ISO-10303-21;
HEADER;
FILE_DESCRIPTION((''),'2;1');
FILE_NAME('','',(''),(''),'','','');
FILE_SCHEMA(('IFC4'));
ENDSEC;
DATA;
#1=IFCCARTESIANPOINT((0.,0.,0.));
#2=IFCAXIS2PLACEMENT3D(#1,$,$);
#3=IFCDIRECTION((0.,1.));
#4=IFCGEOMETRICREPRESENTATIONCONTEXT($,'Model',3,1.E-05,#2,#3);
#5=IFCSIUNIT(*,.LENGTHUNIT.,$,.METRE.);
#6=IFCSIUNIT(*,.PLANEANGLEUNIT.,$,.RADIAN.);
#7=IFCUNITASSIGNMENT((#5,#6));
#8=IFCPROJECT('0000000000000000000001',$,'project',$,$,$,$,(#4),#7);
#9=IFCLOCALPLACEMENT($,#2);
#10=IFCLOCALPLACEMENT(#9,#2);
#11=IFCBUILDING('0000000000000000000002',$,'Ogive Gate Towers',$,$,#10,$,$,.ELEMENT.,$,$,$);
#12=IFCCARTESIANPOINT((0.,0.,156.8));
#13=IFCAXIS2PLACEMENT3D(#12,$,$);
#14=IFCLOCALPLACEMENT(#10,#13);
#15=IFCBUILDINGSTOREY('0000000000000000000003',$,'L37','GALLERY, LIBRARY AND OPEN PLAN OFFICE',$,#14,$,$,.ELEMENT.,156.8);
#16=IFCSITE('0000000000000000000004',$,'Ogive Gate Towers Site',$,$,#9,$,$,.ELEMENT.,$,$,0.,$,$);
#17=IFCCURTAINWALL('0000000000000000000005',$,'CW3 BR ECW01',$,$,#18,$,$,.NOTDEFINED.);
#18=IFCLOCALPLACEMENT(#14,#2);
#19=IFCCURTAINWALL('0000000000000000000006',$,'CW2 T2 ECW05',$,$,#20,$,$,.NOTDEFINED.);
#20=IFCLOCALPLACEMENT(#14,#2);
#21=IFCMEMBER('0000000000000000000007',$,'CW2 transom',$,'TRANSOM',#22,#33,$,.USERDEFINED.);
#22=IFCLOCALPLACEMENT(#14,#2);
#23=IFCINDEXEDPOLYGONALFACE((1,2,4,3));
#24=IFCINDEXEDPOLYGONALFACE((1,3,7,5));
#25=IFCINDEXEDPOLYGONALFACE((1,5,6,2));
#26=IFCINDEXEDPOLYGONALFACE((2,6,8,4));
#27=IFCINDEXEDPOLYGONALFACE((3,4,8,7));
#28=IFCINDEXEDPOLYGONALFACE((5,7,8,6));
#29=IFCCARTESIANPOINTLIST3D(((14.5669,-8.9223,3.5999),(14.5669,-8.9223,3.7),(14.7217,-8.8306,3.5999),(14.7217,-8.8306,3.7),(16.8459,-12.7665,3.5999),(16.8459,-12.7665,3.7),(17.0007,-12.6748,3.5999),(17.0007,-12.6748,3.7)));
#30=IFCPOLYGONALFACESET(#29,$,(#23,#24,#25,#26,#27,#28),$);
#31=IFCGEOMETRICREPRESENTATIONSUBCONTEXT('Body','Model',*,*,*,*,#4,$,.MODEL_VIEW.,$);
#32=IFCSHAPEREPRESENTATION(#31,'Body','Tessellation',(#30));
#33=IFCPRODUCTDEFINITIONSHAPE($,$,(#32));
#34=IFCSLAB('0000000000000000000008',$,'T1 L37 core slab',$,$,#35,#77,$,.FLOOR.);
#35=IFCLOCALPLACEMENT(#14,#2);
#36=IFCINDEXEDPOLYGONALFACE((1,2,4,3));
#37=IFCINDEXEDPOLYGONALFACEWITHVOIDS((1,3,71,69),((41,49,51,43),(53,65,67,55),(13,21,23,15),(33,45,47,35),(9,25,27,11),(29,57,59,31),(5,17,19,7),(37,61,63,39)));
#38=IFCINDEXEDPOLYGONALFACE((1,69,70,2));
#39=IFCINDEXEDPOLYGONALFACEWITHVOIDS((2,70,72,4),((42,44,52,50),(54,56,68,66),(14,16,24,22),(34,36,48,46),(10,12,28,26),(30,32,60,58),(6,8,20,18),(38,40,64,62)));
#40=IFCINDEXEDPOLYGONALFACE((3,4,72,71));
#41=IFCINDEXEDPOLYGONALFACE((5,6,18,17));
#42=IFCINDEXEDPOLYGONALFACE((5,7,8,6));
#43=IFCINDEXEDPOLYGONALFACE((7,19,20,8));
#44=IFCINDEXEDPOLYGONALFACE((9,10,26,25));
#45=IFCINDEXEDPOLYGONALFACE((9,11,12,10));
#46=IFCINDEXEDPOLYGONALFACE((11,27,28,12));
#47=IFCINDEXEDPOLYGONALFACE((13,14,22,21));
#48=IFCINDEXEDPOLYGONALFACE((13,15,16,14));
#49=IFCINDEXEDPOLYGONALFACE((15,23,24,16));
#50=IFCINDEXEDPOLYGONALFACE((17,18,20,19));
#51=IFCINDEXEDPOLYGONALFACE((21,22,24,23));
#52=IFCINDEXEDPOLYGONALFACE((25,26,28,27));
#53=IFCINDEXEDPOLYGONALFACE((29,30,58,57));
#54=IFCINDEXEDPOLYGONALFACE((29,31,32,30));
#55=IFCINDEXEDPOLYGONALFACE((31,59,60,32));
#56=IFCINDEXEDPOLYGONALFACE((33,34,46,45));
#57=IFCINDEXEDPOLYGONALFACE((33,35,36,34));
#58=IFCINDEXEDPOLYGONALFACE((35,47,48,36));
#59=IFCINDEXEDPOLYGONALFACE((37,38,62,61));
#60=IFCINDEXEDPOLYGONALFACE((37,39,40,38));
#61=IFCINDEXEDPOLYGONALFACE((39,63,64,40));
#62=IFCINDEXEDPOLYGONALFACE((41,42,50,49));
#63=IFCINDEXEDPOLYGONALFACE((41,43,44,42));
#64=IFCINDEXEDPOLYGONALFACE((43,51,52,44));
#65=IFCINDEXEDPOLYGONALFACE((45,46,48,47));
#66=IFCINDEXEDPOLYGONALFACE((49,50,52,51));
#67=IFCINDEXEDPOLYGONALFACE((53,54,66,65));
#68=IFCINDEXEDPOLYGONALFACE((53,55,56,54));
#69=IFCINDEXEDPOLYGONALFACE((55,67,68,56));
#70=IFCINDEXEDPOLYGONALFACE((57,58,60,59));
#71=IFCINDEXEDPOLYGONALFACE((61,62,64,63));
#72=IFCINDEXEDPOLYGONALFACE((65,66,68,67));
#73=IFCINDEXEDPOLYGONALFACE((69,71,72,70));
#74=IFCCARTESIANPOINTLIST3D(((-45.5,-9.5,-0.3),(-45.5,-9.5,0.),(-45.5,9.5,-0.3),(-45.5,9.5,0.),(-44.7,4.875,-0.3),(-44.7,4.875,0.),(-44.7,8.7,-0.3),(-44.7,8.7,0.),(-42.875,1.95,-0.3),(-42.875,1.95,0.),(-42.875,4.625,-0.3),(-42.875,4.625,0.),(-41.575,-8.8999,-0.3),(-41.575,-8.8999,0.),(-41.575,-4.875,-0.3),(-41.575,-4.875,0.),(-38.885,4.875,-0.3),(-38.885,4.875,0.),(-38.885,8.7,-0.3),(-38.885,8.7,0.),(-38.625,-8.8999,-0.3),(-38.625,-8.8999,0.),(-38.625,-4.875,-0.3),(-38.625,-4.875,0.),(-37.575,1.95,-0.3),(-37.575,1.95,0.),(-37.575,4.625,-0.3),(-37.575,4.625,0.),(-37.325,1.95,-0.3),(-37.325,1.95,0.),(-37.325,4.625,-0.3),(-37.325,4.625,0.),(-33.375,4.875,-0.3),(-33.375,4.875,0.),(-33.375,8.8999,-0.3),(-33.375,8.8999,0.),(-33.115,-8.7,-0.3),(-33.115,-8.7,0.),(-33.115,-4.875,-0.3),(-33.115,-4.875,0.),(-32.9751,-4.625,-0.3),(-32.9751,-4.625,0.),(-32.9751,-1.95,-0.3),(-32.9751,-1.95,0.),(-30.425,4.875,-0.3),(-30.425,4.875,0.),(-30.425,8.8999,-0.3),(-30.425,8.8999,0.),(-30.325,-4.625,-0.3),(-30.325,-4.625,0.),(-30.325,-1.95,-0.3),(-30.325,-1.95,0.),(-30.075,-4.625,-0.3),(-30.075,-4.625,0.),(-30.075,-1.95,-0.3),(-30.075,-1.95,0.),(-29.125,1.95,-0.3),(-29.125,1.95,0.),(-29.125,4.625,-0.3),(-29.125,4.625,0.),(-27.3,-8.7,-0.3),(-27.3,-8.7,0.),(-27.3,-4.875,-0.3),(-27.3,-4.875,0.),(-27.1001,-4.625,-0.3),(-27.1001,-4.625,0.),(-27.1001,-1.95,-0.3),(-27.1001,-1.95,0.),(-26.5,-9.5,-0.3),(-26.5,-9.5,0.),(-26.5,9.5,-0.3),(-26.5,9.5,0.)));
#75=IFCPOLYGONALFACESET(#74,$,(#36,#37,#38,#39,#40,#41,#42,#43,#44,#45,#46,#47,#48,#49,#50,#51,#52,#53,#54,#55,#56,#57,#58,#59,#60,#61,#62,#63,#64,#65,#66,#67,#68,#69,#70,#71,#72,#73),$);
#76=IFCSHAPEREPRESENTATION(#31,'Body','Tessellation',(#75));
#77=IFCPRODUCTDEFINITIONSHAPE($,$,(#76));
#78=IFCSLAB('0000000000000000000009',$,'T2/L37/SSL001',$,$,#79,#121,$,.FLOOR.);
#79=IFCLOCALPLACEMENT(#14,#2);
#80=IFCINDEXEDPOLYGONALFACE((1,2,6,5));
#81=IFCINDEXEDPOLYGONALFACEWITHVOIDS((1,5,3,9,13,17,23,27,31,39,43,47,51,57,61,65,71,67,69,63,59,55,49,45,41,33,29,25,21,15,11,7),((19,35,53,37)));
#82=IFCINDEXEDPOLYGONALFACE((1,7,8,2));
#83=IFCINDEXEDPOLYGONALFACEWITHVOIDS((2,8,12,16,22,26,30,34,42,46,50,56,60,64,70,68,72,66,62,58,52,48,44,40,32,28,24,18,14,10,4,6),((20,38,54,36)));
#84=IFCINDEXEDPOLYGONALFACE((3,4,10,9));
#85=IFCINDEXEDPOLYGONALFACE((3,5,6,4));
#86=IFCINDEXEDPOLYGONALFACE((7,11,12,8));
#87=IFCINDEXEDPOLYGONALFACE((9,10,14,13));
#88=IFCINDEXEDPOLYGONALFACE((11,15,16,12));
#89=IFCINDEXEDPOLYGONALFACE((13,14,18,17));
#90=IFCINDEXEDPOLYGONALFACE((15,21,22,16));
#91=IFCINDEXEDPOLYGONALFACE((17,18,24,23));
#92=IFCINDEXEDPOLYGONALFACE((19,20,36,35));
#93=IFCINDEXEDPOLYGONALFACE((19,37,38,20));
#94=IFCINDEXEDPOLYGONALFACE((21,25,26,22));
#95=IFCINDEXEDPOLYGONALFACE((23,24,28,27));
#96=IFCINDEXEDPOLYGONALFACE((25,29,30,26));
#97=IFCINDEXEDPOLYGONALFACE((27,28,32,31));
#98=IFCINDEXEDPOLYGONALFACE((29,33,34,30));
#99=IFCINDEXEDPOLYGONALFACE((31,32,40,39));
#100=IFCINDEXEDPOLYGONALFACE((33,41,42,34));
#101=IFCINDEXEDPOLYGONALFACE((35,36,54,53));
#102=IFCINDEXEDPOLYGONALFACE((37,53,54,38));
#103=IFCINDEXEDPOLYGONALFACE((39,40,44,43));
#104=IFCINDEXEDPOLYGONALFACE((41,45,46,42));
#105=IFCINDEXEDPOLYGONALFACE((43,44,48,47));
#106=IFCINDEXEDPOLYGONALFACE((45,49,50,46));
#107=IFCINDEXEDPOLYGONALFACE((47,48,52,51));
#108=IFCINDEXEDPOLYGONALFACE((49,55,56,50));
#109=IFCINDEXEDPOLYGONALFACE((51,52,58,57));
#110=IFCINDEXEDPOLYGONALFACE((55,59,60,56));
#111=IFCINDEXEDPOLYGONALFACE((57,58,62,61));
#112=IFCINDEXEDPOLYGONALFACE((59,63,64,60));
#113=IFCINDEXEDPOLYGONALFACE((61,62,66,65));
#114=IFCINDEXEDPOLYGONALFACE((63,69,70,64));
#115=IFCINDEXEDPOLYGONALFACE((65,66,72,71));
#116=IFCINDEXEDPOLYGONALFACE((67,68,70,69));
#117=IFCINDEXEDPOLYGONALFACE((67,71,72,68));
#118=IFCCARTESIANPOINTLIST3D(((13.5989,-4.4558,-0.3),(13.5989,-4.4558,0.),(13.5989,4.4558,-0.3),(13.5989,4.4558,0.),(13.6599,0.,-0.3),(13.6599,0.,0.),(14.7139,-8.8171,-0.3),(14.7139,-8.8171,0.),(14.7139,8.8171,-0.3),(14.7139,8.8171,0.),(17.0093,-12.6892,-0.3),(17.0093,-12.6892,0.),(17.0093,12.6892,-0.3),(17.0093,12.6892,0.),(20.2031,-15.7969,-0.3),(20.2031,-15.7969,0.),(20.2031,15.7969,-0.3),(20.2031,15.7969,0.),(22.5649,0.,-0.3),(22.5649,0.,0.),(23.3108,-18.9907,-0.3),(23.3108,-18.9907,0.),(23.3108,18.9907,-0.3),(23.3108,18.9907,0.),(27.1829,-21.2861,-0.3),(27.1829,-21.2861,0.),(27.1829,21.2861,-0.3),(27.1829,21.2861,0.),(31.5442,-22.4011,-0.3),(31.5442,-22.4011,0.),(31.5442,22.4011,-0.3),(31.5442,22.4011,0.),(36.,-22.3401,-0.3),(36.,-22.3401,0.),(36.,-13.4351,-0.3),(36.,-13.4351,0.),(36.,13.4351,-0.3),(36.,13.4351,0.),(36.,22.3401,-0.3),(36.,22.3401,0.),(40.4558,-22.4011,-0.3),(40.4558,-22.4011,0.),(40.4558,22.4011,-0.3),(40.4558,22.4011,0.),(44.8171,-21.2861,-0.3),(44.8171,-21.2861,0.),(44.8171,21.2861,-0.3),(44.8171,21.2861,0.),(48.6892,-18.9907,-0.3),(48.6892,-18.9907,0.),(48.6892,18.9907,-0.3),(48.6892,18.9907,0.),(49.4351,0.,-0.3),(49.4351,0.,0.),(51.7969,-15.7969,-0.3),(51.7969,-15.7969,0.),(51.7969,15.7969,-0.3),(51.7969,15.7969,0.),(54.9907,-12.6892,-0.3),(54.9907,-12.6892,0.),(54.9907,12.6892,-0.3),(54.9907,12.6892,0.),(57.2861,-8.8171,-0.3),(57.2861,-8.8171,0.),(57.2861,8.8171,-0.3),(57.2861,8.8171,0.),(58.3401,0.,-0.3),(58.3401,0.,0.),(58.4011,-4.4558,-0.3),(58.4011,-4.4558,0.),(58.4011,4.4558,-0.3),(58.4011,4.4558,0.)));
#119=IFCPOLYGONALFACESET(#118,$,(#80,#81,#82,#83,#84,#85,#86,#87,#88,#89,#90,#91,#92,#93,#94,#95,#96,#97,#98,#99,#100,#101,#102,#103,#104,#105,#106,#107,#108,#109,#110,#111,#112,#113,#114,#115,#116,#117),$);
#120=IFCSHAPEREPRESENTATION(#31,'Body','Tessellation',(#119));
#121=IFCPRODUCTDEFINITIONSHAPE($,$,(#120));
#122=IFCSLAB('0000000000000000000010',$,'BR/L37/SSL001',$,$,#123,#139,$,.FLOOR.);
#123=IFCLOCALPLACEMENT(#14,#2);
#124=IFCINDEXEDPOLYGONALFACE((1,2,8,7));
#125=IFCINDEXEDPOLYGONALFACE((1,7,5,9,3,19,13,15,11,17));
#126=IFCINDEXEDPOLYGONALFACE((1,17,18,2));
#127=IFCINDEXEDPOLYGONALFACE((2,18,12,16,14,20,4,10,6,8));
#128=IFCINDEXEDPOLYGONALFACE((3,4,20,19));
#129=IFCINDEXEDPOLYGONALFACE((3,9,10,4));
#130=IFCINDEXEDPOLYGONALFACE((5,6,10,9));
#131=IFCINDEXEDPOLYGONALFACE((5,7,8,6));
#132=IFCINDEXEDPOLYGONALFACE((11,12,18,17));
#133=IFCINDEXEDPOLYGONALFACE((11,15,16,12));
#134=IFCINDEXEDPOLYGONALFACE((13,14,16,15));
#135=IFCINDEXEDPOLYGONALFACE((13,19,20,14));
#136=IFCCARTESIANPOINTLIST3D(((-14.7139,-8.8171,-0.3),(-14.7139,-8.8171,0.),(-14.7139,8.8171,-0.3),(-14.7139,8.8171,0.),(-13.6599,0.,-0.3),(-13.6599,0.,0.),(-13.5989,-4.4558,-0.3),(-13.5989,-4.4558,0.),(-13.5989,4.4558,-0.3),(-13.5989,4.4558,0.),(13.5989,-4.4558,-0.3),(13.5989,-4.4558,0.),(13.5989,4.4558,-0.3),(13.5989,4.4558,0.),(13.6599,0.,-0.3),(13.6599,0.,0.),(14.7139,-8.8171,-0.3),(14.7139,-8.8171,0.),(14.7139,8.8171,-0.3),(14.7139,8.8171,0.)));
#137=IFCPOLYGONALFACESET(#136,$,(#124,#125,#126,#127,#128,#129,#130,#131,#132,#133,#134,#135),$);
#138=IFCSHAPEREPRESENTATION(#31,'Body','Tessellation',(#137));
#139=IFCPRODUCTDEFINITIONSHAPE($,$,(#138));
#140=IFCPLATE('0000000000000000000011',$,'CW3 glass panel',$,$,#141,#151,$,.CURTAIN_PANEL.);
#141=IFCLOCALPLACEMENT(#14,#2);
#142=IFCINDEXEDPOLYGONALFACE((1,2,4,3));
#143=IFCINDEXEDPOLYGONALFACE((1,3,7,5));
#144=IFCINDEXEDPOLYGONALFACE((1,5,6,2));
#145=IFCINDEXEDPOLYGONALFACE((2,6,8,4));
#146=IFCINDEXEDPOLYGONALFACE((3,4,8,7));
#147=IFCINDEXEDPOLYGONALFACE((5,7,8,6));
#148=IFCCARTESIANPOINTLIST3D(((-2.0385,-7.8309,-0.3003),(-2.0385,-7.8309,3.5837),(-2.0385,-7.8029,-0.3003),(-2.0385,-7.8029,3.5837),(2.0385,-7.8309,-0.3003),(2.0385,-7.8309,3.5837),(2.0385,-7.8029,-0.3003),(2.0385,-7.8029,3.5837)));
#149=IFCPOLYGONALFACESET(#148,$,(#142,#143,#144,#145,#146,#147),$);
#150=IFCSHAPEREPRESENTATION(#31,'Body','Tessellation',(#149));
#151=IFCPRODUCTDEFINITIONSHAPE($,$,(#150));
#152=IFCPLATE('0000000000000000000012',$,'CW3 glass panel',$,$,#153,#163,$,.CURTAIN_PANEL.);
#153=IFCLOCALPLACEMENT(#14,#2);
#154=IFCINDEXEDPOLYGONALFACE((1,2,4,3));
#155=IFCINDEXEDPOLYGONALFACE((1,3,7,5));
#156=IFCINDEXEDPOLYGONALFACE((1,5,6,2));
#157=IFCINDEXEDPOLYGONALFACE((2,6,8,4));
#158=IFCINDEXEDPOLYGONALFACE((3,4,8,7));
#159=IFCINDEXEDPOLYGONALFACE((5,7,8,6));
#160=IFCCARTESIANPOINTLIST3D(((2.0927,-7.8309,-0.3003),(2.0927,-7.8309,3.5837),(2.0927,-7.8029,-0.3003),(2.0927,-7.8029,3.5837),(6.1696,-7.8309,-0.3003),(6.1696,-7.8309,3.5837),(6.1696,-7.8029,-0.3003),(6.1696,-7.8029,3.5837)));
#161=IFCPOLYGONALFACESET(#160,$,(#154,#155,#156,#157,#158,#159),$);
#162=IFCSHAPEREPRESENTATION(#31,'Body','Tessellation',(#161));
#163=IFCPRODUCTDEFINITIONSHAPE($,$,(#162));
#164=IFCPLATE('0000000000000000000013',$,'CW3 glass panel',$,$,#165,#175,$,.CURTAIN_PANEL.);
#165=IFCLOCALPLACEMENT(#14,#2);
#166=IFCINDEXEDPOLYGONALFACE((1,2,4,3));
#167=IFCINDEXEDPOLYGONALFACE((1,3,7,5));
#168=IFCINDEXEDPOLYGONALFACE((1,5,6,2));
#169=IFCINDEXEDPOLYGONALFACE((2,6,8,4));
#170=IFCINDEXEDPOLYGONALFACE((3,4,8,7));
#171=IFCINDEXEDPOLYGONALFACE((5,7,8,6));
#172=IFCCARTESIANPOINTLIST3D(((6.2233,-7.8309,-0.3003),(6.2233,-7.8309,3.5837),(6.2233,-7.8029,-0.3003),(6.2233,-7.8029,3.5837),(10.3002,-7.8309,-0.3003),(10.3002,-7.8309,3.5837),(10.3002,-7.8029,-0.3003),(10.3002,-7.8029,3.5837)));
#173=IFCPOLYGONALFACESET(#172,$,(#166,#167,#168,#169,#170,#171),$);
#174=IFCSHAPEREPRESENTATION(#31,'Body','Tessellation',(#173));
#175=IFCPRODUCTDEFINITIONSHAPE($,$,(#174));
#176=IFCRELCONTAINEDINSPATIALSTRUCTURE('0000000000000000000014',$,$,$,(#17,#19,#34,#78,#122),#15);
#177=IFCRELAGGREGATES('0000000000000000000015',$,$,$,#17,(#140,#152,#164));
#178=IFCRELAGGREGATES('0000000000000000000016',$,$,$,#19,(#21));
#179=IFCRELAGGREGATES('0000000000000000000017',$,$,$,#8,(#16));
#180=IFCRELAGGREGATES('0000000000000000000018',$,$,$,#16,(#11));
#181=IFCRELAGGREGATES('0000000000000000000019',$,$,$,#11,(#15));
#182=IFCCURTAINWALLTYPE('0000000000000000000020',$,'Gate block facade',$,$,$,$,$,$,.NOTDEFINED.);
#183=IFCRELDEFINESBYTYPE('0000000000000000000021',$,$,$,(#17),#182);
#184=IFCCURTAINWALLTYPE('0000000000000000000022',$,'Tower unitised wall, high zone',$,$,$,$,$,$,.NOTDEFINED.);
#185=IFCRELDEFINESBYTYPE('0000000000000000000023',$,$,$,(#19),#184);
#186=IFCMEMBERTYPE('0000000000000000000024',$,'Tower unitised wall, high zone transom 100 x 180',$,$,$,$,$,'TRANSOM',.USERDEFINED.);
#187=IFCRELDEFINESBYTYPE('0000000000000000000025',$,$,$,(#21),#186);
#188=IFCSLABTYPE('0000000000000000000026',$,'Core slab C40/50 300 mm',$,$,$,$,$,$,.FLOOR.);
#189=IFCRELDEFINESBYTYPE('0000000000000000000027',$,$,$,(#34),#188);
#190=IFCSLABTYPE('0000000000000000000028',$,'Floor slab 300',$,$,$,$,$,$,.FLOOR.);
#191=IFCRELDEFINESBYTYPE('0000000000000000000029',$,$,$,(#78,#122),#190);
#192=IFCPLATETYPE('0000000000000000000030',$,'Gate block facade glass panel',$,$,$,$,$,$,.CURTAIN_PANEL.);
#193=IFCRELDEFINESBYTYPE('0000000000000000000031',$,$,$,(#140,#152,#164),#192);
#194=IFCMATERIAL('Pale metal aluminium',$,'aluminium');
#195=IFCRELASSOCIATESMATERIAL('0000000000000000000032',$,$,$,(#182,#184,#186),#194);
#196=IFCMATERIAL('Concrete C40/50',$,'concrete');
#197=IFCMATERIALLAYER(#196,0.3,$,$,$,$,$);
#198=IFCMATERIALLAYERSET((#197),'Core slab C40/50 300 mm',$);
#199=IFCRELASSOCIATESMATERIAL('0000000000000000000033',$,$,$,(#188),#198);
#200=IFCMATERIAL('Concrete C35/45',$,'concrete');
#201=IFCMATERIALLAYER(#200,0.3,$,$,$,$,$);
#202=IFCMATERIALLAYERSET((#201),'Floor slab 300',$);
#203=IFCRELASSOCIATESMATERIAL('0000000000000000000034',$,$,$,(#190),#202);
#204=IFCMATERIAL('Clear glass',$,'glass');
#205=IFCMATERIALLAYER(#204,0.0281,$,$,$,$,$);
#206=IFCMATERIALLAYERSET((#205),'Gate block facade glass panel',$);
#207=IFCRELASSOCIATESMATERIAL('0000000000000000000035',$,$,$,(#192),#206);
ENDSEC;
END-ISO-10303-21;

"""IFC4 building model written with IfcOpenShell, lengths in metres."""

from ifc_helpers import new_model, si_unit, direction, frame, origin, origin_2d, place, context, subcontext, project, spatial, polyline, rectangle, outline, extrude, material, layer, layer_set, material_profile, profile_set, type_object, element, aggregate, save


model = new_model("IFC4")

# Units and contexts
model_context = context("Model", 3, precision=1e-05, world=origin(), true_north=direction((0.0, 1.0)))
body_context = subcontext(model_context, "Body", "Model", "MODEL_VIEW")
ifc_project = project(units=[si_unit("LENGTHUNIT", "METRE"), si_unit("PLANEANGLEUNIT", "RADIAN")], contexts=[model_context])

# Site, building, storey
site_placement = place(None, origin())
site = spatial("IfcSite", under=ifc_project, at=site_placement, Name="Ogive Gate Towers Site", CompositionType="ELEMENT", RefElevation=0.0)
building_placement = place(site_placement, origin())
building = spatial("IfcBuilding", under=site, at=building_placement, Name="Ogive Gate Towers", CompositionType="ELEMENT")
storey_placement = place(building_placement, frame((0.0, 0.0, 156.8)))
storey = spatial("IfcBuildingStorey", under=building, at=storey_placement, Name="L37", Description="GALLERY, LIBRARY AND OPEN PLAN OFFICE", CompositionType="ELEMENT", Elevation=156.8)

# Curtain walls, member
ifc_material_1 = material(Name="Pale metal aluminium", Category="aluminium")
curtain_wall_type_1 = type_object("IfcCurtainWallType", Name="Gate block facade", PredefinedType="NOTDEFINED", material=ifc_material_1)
curtain_wall_1_placement = place(storey_placement, origin())
curtain_wall_1 = element("IfcCurtainWall", 1, at=curtain_wall_1_placement, inside=storey, type_object=curtain_wall_type_1, Name="CW3 BR ECW01", PredefinedType="NOTDEFINED")
curtain_wall_type_2 = type_object("IfcCurtainWallType", Name="Tower unitised wall, high zone", PredefinedType="NOTDEFINED", material=ifc_material_1)
curtain_wall_2_placement = place(storey_placement, origin())
curtain_wall_2 = element("IfcCurtainWall", 2, at=curtain_wall_2_placement, inside=storey, type_object=curtain_wall_type_2, Name="CW2 T2 ECW05", PredefinedType="NOTDEFINED")
ifc_material_profile_1 = material_profile(ifc_material_1, rectangle(XDim=0.1799, YDim=0.1001, at=origin_2d()), Name="100 x 180 aluminium box")
ifc_profile_set_1 = profile_set([ifc_material_profile_1], Name="Pale metal aluminium")
member_type_1 = type_object("IfcMemberType", Name="Tower unitised wall, high zone transom 100 x 180", ElementType="TRANSOM", PredefinedType="USERDEFINED", material=ifc_profile_set_1)
member_1_placement = place(storey_placement, frame((14.6443, -8.8765, 3.6499), z_axis=(0.509966, -0.860195, 0.0), x_axis=(0.860195, 0.509966, 0.0)))
member_1 = element("IfcMember", 3, at=member_1_placement, type_object=member_type_1, Name="CW2 transom", ObjectType="TRANSOM", PredefinedType="USERDEFINED", context=body_context, shape_type="SweptSolid", body=[
    extrude(rectangle(XDim=0.1799, YDim=0.1001, at=origin_2d()), origin(), (0.0, 0.0, 1.0), 4.469),
])

# Slabs
ifc_material_2 = material(Name="Concrete C40/50", Category="concrete")
ifc_layer_1 = layer(ifc_material_2, 0.3)
ifc_layer_set_1 = layer_set([ifc_layer_1], Name="Core slab C40/50 300 mm")
slab_type_1 = type_object("IfcSlabType", Name="Core slab C40/50 300 mm", PredefinedType="FLOOR", material=ifc_layer_set_1)
slab_1_placement = place(storey_placement, frame((0.0, 0.0, -0.3)))
element("IfcSlab", 4, at=slab_1_placement, inside=storey, type_object=slab_type_1, Name="T1 L37 core slab", PredefinedType="FLOOR", context=body_context, shape_type="SweptSolid", body=[
    extrude(outline(polyline([(-45.5, -9.5), (-45.5, 9.5), (-26.5, 9.5), (-26.5, -9.5), (-45.5, -9.5)]), holes=[polyline([(-42.875, 1.95), (-37.575, 1.95), (-37.575, 4.625), (-42.875, 4.625), (-42.875, 1.95)]), polyline([(-37.325, 4.625), (-37.325, 1.95), (-29.125, 1.95), (-29.125, 4.625), (-37.325, 4.625)]), polyline([(-30.325, -1.95), (-32.9751, -1.95), (-32.9751, -4.625), (-30.325, -4.625), (-30.325, -1.95)]), polyline([(-27.1001, -4.625), (-27.1001, -1.95), (-30.075, -1.95), (-30.075, -4.625), (-27.1001, -4.625)]), polyline([(-33.375, 4.875), (-30.425, 4.875), (-30.425, 8.8999), (-33.375, 8.8999), (-33.375, 4.875)]), polyline([(-41.575, -4.875), (-41.575, -8.8999), (-38.625, -8.8999), (-38.625, -4.875), (-41.575, -4.875)]), polyline([(-44.7, 4.875), (-38.885, 4.875), (-38.885, 8.7), (-44.7, 8.7), (-44.7, 4.875)]), polyline([(-27.3, -8.7), (-27.3, -4.875), (-33.115, -4.875), (-33.115, -8.7), (-27.3, -8.7)])]), origin(), (0.0, 0.0, 1.0), 0.3),
])
ifc_material_3 = material(Name="Concrete C35/45", Category="concrete")
ifc_layer_2 = layer(ifc_material_3, 0.3)
ifc_layer_set_2 = layer_set([ifc_layer_2], Name="Floor slab 300")
slab_type_2 = type_object("IfcSlabType", Name="Floor slab 300", PredefinedType="FLOOR", material=ifc_layer_set_2)
slab_2_placement = place(storey_placement, frame((0.0, 0.0, -0.3)))
element("IfcSlab", 5, at=slab_2_placement, inside=storey, type_object=slab_type_2, Name="T2/L37/SSL001", PredefinedType="FLOOR", context=body_context, shape_type="SweptSolid", body=[
    extrude(outline(polyline([(58.4011, -4.4558), (58.3401, 0.0), (58.4011, 4.4558), (57.2861, 8.8171), (54.9907, 12.6892), (51.7969, 15.7969), (48.6892, 18.9907), (44.8171, 21.2861), (40.4558, 22.4011), (36.0, 22.3401), (31.5442, 22.4011), (27.1829, 21.2861), (23.3108, 18.9907), (20.2031, 15.7969), (17.0093, 12.6892), (14.7139, 8.8171), (13.5989, 4.4558), (13.6599, 0.0), (13.5989, -4.4558), (14.7139, -8.8171), (17.0093, -12.6892), (20.2031, -15.7969), (23.3108, -18.9907), (27.1829, -21.2861), (31.5442, -22.4011), (36.0, -22.3401), (40.4558, -22.4011), (44.8171, -21.2861), (48.6892, -18.9907), (51.7969, -15.7969), (54.9907, -12.6892), (57.2861, -8.8171), (58.4011, -4.4558)]), holes=[polyline([(49.4351, 0.0), (36.0, -13.4351), (22.5649, 0.0), (36.0, 13.4351), (49.4351, 0.0)])]), origin(), (0.0, 0.0, 1.0), 0.3),
])
slab_3_placement = place(storey_placement, frame((0.0, 0.0, -0.3)))
element("IfcSlab", 6, at=slab_3_placement, inside=storey, type_object=slab_type_2, Name="BR/L37/SSL001", PredefinedType="FLOOR", context=body_context, shape_type="SweptSolid", body=[
    extrude(outline(polyline([(-14.7139, -8.8171), (14.7139, -8.8171), (14.7139, -8.8171), (13.5989, -4.4558), (13.6599, 0.0), (13.5989, 4.4558), (14.7139, 8.8171), (-14.7139, 8.8171), (-13.5989, 4.4558), (-13.6599, 0.0), (-13.5989, -4.4558), (-14.7139, -8.8171), (-14.7139, -8.8171)])), origin(), (0.0, 0.0, 1.0), 0.3),
])

# Plates
ifc_material_4 = material(Name="Clear glass", Category="glass")
ifc_layer_3 = layer(ifc_material_4, 0.0281)
ifc_layer_set_3 = layer_set([ifc_layer_3], Name="Gate block facade glass panel")
plate_type_1 = type_object("IfcPlateType", Name="Gate block facade glass panel", PredefinedType="CURTAIN_PANEL", material=ifc_layer_set_3)
plate_1_placement = place(storey_placement, frame((0.0, -7.8169, -0.3003), z_axis=(0.0, 0.0, 1.0), x_axis=(1.0, 0.0, 0.0)))
plate_1 = element("IfcPlate", 7, at=plate_1_placement, type_object=plate_type_1, Name="CW3 glass panel", PredefinedType="CURTAIN_PANEL", context=body_context, shape_type="SweptSolid", body=[
    extrude(rectangle(XDim=4.0769, YDim=0.0281, at=origin_2d()), origin(), (0.0, 0.0, 1.0), 3.884),
])
plate_2_placement = place(storey_placement, frame((4.1311, -7.8169, -0.3003), z_axis=(0.0, 0.0, 1.0), x_axis=(1.0, 0.0, 0.0)))
plate_2 = element("IfcPlate", 8, at=plate_2_placement, type_object=plate_type_1, Name="CW3 glass panel", PredefinedType="CURTAIN_PANEL", context=body_context, shape_type="SweptSolid", body=[
    extrude(rectangle(XDim=4.0769, YDim=0.0281, at=origin_2d()), origin(), (0.0, 0.0, 1.0), 3.884),
])
plate_3_placement = place(storey_placement, frame((8.2617, -7.8169, -0.3003), z_axis=(0.0, 0.0, 1.0), x_axis=(1.0, 0.0, 0.0)))
plate_3 = element("IfcPlate", 9, at=plate_3_placement, type_object=plate_type_1, Name="CW3 glass panel", PredefinedType="CURTAIN_PANEL", context=body_context, shape_type="SweptSolid", body=[
    extrude(rectangle(XDim=4.0769, YDim=0.0281, at=origin_2d()), origin(), (0.0, 0.0, 1.0), 3.884),
])
aggregate(curtain_wall_1, [plate_1, plate_2, plate_3])
aggregate(curtain_wall_2, [member_1])

save(model, "model.ifc")
